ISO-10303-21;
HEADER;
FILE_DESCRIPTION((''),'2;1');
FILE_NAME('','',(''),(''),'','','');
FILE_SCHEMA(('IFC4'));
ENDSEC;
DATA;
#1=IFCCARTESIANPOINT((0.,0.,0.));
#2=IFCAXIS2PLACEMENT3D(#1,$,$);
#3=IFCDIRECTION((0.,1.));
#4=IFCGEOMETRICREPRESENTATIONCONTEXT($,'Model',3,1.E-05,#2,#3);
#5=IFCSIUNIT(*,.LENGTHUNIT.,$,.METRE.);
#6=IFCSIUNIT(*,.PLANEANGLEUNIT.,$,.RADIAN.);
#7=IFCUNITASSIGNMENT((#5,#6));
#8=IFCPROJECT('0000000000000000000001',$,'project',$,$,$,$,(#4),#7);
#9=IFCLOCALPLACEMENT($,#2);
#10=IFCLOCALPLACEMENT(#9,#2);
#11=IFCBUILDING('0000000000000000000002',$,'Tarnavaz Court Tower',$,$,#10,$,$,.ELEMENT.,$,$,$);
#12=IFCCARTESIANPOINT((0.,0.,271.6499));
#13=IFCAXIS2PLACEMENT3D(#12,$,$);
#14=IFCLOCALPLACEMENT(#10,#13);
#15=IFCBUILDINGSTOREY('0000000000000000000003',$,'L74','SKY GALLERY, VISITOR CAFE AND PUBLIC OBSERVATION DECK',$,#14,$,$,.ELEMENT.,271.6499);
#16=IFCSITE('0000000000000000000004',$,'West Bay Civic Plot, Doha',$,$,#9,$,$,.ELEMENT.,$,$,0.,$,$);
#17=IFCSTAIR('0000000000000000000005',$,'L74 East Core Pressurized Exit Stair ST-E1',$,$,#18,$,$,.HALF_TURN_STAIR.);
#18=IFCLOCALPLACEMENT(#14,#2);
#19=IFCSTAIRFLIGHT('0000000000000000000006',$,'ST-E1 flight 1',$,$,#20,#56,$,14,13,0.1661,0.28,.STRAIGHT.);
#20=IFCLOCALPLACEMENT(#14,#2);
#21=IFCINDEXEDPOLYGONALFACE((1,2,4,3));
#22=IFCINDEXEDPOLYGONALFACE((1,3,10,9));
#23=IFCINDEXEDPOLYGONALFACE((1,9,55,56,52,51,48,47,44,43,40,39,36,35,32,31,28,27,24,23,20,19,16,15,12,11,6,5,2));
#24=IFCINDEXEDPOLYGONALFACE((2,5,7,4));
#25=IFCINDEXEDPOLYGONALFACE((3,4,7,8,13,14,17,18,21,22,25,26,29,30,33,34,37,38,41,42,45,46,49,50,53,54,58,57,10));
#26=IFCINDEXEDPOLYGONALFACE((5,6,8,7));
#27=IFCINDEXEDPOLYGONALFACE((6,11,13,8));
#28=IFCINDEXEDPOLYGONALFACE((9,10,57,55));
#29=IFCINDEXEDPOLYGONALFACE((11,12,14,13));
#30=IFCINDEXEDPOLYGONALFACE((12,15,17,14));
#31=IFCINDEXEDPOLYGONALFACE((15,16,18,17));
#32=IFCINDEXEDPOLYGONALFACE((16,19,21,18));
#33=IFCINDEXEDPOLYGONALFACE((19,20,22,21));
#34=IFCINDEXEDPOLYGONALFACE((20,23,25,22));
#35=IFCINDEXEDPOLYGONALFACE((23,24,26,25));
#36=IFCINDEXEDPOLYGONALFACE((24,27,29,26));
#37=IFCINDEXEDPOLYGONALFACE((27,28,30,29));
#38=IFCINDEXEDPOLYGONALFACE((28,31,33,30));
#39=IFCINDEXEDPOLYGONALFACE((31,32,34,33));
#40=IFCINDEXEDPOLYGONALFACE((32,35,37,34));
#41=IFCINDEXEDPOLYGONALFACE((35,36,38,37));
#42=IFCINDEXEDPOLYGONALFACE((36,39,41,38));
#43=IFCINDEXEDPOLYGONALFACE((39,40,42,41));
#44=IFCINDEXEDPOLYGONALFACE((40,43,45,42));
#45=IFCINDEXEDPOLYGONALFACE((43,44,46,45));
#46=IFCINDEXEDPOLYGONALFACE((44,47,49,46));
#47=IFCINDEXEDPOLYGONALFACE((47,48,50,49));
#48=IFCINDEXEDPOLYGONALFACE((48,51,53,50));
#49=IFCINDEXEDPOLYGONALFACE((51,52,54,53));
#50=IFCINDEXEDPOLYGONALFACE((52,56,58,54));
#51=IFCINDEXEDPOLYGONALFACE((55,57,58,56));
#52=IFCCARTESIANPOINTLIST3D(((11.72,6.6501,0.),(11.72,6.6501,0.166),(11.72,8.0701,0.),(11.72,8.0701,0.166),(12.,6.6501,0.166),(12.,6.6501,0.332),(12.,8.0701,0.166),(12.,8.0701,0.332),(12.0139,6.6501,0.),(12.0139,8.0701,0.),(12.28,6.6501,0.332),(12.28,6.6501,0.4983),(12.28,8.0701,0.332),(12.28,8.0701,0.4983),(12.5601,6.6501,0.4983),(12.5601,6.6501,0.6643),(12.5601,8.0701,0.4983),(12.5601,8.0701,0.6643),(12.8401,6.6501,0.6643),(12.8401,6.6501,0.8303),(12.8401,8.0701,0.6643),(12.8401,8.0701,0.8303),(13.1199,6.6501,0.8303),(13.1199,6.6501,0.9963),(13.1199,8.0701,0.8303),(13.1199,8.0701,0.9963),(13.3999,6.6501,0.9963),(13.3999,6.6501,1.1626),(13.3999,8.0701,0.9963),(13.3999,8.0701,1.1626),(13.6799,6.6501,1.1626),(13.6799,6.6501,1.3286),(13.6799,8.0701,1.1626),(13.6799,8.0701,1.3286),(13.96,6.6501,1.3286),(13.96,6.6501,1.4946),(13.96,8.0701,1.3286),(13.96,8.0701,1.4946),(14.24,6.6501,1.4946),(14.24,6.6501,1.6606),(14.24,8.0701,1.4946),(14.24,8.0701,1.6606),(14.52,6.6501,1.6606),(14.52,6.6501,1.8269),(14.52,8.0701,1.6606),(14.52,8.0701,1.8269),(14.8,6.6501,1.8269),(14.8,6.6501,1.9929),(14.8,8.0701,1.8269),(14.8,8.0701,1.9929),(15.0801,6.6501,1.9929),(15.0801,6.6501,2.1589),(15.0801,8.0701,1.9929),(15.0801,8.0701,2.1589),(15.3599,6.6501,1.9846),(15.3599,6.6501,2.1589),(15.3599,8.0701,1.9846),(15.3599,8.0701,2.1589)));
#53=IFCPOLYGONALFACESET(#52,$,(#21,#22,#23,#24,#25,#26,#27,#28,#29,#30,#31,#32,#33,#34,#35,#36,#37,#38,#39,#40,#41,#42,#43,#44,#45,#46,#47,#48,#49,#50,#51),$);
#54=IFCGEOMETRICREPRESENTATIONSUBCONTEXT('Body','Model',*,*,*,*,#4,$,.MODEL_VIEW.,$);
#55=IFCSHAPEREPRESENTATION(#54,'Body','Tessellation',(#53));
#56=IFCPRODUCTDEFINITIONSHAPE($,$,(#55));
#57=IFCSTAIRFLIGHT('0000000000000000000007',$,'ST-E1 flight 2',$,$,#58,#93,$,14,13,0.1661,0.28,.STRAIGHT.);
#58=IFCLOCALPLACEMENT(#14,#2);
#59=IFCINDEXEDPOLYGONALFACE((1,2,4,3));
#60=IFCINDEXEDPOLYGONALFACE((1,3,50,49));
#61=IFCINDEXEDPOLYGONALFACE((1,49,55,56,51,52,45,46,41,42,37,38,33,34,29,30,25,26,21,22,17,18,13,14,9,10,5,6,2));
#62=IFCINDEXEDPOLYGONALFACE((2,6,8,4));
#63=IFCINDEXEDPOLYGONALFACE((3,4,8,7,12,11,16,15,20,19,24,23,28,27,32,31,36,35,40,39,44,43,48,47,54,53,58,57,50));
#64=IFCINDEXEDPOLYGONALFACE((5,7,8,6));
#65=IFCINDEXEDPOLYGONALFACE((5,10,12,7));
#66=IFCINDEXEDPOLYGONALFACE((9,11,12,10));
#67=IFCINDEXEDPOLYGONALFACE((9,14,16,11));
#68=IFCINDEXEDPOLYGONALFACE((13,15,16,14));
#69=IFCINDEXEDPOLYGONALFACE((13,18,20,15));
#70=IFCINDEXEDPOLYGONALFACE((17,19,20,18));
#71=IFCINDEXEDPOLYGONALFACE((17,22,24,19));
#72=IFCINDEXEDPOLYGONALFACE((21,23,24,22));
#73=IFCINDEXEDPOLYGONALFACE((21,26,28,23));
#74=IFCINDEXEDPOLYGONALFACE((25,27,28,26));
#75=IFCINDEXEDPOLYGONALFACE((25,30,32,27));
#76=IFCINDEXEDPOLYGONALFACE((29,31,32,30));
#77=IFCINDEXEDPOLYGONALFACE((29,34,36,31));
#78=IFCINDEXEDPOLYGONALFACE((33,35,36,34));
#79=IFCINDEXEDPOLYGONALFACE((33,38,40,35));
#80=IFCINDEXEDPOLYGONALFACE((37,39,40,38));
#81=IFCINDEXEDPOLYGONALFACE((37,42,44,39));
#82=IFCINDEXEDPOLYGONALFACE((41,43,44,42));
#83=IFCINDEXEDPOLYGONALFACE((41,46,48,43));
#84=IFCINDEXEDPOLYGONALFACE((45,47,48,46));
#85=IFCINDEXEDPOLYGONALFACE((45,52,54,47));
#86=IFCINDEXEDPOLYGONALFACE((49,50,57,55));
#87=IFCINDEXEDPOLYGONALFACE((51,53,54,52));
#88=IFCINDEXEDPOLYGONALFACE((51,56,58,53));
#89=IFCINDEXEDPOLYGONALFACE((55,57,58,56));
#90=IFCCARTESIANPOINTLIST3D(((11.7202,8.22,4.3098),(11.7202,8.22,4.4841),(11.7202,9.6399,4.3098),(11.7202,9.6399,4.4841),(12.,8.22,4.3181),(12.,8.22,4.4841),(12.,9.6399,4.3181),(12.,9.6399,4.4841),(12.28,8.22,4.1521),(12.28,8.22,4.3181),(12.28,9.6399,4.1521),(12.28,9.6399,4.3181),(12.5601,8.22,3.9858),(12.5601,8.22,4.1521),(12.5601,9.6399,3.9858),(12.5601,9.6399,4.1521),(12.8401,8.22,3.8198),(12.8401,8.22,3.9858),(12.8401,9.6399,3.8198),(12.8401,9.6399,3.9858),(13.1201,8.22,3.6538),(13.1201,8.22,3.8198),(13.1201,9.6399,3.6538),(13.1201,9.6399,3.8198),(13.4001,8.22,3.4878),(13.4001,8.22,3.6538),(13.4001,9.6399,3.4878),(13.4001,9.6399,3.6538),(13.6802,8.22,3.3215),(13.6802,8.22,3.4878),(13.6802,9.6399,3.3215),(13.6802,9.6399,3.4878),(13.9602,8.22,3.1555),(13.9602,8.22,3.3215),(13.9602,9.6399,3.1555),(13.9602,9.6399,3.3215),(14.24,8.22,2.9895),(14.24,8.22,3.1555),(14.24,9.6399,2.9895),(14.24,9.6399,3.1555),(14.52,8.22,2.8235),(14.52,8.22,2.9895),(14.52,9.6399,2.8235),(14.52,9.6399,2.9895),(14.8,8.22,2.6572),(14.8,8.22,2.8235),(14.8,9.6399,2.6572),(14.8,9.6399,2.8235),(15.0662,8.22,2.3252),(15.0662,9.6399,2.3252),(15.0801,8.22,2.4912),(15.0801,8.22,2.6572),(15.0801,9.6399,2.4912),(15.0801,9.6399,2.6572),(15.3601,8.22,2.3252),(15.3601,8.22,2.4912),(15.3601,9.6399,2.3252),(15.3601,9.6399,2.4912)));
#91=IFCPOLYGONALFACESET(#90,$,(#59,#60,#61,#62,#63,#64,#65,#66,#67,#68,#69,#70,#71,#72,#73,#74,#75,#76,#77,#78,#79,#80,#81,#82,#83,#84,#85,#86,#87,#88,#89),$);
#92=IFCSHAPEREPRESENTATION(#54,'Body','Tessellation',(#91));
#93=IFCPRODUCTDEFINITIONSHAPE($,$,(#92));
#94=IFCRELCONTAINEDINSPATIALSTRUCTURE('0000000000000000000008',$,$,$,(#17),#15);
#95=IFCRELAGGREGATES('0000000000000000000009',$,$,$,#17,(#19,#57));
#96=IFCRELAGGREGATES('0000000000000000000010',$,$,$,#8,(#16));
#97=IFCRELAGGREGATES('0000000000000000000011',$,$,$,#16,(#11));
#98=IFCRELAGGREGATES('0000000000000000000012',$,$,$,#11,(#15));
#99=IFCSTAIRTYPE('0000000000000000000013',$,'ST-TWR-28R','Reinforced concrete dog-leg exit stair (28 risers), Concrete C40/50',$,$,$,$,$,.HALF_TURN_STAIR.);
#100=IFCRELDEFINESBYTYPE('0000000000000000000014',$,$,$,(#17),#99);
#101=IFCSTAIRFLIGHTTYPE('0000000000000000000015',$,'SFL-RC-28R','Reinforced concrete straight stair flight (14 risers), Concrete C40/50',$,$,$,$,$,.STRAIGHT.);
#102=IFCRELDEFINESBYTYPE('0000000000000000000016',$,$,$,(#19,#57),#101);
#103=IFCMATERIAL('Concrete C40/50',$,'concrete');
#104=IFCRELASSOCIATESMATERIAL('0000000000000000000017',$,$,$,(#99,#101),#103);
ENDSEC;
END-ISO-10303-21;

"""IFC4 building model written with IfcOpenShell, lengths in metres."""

from ifc_helpers import new_model, si_unit, direction, frame, origin, place, context, subcontext, project, spatial, polyline, outline, extrude, material, type_object, element, aggregate, save


model = new_model("IFC4")

# Units and contexts
model_context = context("Model", 3, precision=1e-05, world=origin(), true_north=direction((0.0, 1.0)))
body_context = subcontext(model_context, "Body", "Model", "MODEL_VIEW")
ifc_project = project(units=[si_unit("LENGTHUNIT", "METRE"), si_unit("PLANEANGLEUNIT", "RADIAN")], contexts=[model_context])

# Site, building, storey
site_placement = place(None, origin())
site = spatial("IfcSite", under=ifc_project, at=site_placement, Name="West Bay Civic Plot, Doha", CompositionType="ELEMENT", RefElevation=0.0)
building_placement = place(site_placement, origin())
building = spatial("IfcBuilding", under=site, at=building_placement, Name="Tarnavaz Court Tower", CompositionType="ELEMENT")
storey_placement = place(building_placement, frame((0.0, 0.0, 271.6499)))
storey = spatial("IfcBuildingStorey", under=building, at=storey_placement, Name="L74", Description="SKY GALLERY, VISITOR CAFE AND PUBLIC OBSERVATION DECK", CompositionType="ELEMENT", Elevation=271.6499)

# Stair, stair flights
ifc_material_1 = material(Name="Concrete C40/50", Category="concrete")
stair_type = type_object("IfcStairType", Name="ST-TWR-28R", Description="Reinforced concrete dog-leg exit stair (28 risers), Concrete C40/50", PredefinedType="HALF_TURN_STAIR", material=ifc_material_1)
stair_placement = place(storey_placement, origin())
stair = element("IfcStair", 1, at=stair_placement, inside=storey, type_object=stair_type, Name="L74 East Core Pressurized Exit Stair ST-E1", PredefinedType="HALF_TURN_STAIR")
stair_flight_type = type_object("IfcStairFlightType", Name="SFL-RC-28R", Description="Reinforced concrete straight stair flight (14 risers), Concrete C40/50", PredefinedType="STRAIGHT", material=ifc_material_1)
stair_flight_1_placement = place(storey_placement, frame((11.72, 7.3601, 0.0), z_axis=(0.0, 0.0, 1.0), x_axis=(1.0, 0.0, 0.0)))
stair_flight_1 = element("IfcStairFlight", 2, at=stair_flight_1_placement, type_object=stair_flight_type, Name="ST-E1 flight 1", NumberOfRisers=14, NumberOfTreads=13, PredefinedType="STRAIGHT", RiserHeight=0.1661, TreadLength=0.28, context=body_context, shape_type="SweptSolid", body=[
    extrude(outline(polyline([(0.0, 0.0), (0.0, 0.166), (0.28, 0.166), (0.28, 0.332), (0.5601, 0.332), (0.5601, 0.4983), (0.8401, 0.4983), (0.8401, 0.6643), (1.1201, 0.6643), (1.1201, 0.8303), (1.3999, 0.8303), (1.3999, 0.9963), (1.6799, 0.9963), (1.6799, 1.1626), (1.96, 1.1626), (1.96, 1.3286), (2.24, 1.3286), (2.24, 1.4946), (2.52, 1.4946), (2.52, 1.6606), (2.8, 1.6606), (2.8, 1.8269), (3.0801, 1.8269), (3.0801, 1.9929), (3.3601, 1.9929), (3.3601, 2.1589), (3.6399, 2.1589), (3.6399, 2.325), (3.6399, 1.9846), (0.2939, 0.0), (0.0, 0.0)])), frame((0.0, 0.71, 0.0), z_axis=(0.0, -1.0, 0.0), x_axis=(1.0, 0.0, 0.0)), (0.0, 0.0, 1.0), 1.4199),
])
stair_flight_2_placement = place(storey_placement, frame((15.3601, 8.9299, 2.3252), z_axis=(0.0, 0.0, 1.0), x_axis=(-1.0, 0.0, 0.0)))
stair_flight_2 = element("IfcStairFlight", 3, at=stair_flight_2_placement, type_object=stair_flight_type, Name="ST-E1 flight 2", NumberOfRisers=14, NumberOfTreads=13, PredefinedType="STRAIGHT", RiserHeight=0.1661, TreadLength=0.28, context=body_context, shape_type="SweptSolid", body=[
    extrude(outline(polyline([(0.0, 0.0), (0.0, 0.166), (0.28, 0.166), (0.28, 0.332), (0.5601, 0.332), (0.5601, 0.4983), (0.8401, 0.4983), (0.8401, 0.6643), (1.1201, 0.6643), (1.1201, 0.8303), (1.3999, 0.8303), (1.3999, 0.9963), (1.6799, 0.9963), (1.6799, 1.1626), (1.96, 1.1626), (1.96, 1.3286), (2.24, 1.3286), (2.24, 1.4946), (2.52, 1.4946), (2.52, 1.6606), (2.8, 1.6606), (2.8, 1.8269), (3.0801, 1.8269), (3.0801, 1.9929), (3.3601, 1.9929), (3.3601, 2.1589), (3.6399, 2.1589), (3.6399, 2.325), (3.6399, 1.9846), (0.2939, 0.0), (0.0, 0.0)])), frame((0.0, 0.71, 0.0), z_axis=(0.0, -1.0, 0.0), x_axis=(1.0, 0.0, 0.0)), (0.0, 0.0, 1.0), 1.4199),
])
aggregate(stair, [stair_flight_1, stair_flight_2])

save(model, "model.ifc")
